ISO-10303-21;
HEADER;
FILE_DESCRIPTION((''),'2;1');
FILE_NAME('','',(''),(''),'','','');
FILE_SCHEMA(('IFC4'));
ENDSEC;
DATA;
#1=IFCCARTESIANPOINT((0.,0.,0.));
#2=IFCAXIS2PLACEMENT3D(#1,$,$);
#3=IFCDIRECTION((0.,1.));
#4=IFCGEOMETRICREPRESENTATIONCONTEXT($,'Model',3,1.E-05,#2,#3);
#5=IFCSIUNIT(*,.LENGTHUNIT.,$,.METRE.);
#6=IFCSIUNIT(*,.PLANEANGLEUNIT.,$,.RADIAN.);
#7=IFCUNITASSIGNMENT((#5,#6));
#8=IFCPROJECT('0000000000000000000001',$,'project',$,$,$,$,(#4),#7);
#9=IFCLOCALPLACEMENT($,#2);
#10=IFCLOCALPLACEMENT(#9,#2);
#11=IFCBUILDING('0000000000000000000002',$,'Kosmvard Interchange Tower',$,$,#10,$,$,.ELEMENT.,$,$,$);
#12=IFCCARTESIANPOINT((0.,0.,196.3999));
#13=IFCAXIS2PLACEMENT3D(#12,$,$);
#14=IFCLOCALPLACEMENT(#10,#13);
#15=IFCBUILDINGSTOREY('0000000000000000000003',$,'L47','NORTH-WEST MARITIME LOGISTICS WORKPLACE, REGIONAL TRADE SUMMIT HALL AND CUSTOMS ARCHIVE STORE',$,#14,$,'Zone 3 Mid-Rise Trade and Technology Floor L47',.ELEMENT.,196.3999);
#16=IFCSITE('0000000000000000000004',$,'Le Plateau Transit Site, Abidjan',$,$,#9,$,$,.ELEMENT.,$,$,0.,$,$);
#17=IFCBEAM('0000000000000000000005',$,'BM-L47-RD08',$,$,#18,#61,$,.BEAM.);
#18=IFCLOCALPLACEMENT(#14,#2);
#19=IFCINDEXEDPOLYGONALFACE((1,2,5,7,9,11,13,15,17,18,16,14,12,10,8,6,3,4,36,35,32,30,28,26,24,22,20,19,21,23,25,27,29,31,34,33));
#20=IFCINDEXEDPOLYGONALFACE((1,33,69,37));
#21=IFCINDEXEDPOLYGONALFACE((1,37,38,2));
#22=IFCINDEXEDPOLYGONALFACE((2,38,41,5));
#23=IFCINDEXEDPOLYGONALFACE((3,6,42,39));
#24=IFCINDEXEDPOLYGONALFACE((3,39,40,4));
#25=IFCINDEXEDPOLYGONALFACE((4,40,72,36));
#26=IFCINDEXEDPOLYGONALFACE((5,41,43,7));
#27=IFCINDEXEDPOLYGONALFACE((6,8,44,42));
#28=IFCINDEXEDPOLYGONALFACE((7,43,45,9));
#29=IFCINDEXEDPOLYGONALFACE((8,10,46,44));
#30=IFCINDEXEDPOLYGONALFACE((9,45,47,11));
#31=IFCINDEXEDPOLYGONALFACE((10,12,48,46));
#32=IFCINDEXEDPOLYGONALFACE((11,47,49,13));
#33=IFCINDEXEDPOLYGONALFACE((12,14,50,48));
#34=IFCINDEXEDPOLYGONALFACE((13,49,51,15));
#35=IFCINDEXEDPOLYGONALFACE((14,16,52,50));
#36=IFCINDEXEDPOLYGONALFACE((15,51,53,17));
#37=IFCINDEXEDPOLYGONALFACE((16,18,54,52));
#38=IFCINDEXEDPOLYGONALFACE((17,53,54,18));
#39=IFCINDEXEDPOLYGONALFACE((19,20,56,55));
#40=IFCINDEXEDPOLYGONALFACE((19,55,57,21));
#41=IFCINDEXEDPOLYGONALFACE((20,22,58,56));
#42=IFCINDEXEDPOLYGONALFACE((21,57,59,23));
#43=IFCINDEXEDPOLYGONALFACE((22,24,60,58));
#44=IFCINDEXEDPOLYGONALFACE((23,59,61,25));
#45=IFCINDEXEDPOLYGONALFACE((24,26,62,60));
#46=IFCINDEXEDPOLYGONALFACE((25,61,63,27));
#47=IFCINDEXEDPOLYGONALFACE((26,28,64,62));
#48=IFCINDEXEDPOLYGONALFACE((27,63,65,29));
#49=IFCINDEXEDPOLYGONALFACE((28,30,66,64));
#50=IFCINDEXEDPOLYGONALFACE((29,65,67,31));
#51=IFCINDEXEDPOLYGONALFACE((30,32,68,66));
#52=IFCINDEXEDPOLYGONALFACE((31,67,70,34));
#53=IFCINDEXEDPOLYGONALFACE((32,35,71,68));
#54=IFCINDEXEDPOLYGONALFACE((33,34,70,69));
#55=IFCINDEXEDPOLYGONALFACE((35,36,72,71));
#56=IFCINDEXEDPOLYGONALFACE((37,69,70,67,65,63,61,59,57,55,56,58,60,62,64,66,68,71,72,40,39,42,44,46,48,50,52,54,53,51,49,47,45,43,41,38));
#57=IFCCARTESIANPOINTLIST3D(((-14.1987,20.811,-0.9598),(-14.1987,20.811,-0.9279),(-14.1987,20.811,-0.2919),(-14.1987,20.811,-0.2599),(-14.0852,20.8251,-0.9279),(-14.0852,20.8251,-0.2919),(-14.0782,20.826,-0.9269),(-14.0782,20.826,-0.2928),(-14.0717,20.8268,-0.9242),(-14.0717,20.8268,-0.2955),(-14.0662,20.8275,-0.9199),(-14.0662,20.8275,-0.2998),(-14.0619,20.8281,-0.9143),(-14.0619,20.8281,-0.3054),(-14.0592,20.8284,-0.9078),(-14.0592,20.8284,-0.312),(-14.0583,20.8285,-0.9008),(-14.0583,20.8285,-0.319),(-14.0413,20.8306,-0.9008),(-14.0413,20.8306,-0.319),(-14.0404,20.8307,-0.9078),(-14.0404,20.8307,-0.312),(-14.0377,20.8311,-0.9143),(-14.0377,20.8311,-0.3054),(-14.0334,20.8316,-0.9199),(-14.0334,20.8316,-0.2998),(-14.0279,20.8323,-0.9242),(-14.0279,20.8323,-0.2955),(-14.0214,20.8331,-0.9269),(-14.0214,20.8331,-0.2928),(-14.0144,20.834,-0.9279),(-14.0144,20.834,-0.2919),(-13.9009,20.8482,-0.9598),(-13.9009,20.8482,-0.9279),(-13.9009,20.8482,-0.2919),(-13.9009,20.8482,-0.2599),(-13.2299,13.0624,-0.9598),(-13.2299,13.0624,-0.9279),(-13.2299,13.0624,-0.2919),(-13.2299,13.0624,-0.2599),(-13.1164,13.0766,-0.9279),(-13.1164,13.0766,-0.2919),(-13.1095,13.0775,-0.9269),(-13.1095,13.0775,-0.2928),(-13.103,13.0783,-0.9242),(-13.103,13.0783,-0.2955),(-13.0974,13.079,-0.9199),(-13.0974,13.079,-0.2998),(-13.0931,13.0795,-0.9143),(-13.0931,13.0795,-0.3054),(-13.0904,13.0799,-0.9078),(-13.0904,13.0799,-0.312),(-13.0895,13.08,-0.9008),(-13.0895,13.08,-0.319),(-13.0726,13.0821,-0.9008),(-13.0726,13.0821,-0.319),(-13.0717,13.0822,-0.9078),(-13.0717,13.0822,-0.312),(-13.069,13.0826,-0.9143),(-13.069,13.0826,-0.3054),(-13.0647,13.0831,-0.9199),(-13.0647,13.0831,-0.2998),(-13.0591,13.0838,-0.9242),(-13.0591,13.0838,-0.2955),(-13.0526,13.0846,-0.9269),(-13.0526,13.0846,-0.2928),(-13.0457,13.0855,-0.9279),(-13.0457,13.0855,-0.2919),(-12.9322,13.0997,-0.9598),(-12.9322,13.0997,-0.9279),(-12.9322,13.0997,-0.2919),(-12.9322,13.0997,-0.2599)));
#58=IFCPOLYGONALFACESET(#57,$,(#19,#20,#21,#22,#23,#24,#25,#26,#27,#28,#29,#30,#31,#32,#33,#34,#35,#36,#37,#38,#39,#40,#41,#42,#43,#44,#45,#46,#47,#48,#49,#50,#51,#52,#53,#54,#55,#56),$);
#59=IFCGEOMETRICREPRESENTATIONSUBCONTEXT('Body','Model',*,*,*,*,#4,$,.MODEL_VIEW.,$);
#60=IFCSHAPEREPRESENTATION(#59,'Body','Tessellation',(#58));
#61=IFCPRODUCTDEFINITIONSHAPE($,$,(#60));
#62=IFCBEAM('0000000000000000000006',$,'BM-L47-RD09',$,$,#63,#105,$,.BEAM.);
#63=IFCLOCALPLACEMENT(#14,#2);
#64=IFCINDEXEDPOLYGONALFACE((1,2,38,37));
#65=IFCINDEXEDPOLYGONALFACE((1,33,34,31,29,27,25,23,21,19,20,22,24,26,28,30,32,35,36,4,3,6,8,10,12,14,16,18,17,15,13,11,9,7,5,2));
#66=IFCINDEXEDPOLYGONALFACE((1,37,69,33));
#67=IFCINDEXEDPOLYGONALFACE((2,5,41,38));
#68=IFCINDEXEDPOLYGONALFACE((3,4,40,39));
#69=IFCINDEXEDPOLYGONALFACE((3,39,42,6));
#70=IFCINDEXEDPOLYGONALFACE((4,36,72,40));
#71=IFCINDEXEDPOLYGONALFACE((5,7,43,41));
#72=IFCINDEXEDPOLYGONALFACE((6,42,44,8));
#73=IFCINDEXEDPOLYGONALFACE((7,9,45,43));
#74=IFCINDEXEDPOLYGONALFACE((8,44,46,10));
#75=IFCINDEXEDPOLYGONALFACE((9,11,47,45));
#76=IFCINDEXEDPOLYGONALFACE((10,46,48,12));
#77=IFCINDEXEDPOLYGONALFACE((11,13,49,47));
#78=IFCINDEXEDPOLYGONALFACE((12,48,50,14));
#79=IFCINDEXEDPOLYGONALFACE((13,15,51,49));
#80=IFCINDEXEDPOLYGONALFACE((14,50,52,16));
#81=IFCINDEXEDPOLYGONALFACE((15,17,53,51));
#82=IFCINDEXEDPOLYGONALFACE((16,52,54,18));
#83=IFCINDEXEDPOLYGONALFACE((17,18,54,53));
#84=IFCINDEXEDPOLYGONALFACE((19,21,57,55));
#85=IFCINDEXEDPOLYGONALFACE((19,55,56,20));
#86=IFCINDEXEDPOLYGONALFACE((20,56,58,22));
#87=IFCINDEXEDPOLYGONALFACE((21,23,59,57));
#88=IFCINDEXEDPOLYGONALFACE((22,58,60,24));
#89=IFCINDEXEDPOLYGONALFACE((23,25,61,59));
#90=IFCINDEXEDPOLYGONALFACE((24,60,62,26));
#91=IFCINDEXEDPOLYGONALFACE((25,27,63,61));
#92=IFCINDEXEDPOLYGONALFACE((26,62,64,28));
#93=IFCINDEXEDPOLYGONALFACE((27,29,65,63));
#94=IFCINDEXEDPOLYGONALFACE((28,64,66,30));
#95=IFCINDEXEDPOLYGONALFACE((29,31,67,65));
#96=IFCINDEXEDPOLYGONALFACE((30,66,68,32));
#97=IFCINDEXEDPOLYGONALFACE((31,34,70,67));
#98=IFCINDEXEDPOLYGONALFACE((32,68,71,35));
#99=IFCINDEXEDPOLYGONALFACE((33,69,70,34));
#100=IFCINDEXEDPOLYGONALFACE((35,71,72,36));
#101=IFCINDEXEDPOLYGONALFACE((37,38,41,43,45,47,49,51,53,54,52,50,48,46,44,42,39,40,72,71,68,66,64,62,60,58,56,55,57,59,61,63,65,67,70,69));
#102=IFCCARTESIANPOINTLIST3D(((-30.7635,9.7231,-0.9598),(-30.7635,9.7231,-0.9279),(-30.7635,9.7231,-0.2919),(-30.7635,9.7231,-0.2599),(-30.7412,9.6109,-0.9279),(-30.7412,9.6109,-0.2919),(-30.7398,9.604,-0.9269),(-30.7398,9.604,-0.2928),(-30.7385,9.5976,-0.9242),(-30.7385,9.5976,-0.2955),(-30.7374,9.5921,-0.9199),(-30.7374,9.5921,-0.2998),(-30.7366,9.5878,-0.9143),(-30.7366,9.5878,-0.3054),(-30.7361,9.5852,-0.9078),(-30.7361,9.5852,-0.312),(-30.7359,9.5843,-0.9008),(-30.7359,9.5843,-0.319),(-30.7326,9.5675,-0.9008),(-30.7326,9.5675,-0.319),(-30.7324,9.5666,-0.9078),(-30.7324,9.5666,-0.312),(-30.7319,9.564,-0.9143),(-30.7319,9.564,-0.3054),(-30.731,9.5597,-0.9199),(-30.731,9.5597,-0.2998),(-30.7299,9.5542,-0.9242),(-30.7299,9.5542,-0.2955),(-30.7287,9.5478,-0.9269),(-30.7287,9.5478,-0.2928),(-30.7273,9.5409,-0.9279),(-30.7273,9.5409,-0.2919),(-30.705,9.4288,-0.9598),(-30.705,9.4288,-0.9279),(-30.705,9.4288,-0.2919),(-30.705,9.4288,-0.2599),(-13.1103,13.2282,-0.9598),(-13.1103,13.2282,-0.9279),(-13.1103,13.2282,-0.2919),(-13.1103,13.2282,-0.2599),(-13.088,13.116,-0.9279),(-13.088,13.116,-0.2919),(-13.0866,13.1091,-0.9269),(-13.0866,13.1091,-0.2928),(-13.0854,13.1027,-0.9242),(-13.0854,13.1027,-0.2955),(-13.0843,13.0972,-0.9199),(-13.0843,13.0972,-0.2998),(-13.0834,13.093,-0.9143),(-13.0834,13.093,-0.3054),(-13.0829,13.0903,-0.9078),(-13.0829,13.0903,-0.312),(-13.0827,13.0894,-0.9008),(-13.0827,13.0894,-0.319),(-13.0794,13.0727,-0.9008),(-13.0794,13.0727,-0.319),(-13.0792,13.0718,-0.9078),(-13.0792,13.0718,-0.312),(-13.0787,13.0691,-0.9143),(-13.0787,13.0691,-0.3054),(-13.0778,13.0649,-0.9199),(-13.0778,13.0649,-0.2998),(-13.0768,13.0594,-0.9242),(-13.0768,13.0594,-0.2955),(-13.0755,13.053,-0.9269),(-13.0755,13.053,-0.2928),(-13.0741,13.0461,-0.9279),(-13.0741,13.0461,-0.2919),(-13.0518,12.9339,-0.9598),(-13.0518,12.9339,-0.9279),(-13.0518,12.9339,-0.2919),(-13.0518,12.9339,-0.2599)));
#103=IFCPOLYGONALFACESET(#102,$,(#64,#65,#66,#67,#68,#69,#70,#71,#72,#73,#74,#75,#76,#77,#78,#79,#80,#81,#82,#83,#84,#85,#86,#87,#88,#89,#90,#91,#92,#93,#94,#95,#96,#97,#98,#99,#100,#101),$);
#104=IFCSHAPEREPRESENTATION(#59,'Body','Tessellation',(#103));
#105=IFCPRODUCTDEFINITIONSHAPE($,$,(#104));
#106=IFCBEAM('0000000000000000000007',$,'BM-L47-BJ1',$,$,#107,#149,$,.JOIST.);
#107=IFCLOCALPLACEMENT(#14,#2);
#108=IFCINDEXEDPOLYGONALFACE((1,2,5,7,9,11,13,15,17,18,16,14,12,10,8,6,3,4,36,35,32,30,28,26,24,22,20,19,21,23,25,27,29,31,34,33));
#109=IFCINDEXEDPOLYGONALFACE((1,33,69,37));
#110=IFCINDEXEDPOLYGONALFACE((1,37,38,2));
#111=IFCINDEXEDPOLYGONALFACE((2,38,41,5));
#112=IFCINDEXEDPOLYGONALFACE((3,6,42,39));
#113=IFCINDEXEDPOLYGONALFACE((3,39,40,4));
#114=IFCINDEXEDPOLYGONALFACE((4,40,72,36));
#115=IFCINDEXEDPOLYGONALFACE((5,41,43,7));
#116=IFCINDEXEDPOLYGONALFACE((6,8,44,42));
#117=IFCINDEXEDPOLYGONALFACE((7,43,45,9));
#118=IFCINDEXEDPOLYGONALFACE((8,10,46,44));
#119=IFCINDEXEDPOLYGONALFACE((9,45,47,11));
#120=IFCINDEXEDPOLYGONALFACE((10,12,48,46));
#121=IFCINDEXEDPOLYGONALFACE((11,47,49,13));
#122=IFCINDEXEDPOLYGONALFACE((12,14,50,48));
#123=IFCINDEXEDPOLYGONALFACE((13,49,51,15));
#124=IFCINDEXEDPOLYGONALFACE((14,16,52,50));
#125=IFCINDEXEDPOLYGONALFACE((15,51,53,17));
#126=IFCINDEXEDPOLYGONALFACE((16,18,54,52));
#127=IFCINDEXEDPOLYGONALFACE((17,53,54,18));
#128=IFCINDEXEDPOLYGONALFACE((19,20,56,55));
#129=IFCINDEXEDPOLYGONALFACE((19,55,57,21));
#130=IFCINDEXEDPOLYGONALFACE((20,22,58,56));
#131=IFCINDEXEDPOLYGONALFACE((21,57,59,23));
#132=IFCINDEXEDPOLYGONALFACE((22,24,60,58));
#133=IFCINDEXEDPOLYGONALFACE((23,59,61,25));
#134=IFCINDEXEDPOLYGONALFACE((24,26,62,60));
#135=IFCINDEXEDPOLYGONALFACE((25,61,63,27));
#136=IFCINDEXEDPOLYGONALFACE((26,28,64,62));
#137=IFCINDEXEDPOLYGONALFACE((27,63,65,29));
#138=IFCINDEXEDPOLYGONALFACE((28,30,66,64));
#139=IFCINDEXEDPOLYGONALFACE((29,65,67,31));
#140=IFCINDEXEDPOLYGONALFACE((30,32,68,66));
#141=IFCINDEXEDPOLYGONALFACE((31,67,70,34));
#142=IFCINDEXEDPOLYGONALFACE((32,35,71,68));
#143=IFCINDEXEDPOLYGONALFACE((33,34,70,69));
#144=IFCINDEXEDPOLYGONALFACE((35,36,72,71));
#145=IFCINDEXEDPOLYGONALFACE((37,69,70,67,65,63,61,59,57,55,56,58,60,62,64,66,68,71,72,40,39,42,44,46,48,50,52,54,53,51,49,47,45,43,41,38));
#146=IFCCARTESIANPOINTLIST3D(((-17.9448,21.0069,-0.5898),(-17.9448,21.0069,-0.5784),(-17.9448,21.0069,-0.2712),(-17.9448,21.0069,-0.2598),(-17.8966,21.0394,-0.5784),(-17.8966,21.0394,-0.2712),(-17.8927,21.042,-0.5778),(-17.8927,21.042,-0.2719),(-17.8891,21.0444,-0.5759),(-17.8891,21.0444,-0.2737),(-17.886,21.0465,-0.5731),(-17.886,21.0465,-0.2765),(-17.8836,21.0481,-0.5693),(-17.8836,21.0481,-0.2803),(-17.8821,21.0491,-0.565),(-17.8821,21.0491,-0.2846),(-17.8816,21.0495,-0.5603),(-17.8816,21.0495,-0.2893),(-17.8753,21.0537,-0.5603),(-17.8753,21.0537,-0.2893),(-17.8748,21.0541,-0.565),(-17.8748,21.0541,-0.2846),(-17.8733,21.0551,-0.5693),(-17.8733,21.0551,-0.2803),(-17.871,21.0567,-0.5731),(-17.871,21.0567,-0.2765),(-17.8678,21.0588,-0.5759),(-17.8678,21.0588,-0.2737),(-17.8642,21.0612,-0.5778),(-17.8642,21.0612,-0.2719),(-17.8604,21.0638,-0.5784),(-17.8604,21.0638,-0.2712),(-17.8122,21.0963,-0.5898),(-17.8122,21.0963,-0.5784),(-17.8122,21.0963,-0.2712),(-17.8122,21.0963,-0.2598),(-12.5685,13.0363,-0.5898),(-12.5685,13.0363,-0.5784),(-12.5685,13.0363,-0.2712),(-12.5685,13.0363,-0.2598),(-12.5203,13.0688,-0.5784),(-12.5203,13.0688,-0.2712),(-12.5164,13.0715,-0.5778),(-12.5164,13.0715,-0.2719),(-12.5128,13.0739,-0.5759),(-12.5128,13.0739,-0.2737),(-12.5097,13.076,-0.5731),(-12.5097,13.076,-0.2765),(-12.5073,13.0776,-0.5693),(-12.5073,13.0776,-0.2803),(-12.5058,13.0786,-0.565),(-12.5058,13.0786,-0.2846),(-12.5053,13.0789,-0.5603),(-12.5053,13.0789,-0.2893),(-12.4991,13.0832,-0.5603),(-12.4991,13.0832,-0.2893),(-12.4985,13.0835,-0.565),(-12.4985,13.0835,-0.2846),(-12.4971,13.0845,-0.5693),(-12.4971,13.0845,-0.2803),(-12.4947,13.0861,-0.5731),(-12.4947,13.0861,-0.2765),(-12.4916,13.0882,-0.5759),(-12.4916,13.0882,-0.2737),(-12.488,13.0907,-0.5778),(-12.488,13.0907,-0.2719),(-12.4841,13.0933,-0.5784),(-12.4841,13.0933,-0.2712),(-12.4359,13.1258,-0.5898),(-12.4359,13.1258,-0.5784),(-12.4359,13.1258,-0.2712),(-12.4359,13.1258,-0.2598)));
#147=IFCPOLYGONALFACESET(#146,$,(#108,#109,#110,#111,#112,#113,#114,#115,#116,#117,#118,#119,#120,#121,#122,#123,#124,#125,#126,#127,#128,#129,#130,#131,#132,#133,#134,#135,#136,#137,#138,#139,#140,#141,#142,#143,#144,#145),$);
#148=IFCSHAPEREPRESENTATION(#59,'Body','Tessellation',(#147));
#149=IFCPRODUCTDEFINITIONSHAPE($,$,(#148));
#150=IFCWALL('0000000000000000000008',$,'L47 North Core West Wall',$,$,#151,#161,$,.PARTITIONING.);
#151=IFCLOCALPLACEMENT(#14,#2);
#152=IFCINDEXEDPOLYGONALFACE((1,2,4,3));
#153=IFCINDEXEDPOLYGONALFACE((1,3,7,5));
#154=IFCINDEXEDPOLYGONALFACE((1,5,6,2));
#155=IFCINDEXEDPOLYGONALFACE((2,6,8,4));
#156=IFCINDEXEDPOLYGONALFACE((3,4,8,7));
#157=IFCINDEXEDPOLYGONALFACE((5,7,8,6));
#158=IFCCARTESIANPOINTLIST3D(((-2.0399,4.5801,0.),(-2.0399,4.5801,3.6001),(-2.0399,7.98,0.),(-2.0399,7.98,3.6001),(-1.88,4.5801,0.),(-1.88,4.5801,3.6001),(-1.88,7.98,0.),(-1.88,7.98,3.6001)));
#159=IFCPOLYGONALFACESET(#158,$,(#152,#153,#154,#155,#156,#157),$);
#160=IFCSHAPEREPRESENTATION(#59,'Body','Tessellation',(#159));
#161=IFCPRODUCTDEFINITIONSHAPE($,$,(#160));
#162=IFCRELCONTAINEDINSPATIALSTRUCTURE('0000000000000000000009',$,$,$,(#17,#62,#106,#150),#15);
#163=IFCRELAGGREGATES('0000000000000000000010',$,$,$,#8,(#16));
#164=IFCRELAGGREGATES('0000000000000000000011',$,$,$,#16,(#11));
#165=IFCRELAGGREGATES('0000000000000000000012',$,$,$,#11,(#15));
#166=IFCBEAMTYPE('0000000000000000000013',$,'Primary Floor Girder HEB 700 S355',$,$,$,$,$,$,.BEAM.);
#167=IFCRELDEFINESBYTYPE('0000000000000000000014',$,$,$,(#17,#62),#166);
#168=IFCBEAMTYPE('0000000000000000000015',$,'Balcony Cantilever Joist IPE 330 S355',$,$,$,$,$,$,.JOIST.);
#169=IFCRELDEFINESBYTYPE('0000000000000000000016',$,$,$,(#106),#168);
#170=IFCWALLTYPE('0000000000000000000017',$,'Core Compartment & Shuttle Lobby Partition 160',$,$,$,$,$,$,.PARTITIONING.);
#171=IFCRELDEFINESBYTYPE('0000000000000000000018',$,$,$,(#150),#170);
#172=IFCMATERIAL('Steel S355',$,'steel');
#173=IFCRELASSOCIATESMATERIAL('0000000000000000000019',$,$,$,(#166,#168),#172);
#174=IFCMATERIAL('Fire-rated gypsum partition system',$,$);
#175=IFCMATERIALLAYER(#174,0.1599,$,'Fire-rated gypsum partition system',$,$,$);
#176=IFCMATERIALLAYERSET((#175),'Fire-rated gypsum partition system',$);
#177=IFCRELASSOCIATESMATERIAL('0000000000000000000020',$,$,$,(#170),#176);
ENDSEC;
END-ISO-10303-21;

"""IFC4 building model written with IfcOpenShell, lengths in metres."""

from ifc_helpers import new_model, si_unit, direction, frame, frame_2d, origin, origin_2d, place, context, subcontext, project, spatial, rectangle, i_section, extrude, source, transform, mapped, material, layer, layer_set, material_profile, profile_set, type_object, element, save


model = new_model("IFC4")

# Units and contexts
model_context = context("Model", 3, precision=1e-05, world=origin(), true_north=direction((0.0, 1.0)))
body_context = subcontext(model_context, "Body", "Model", "MODEL_VIEW")
ifc_project = project(units=[si_unit("LENGTHUNIT", "METRE"), si_unit("PLANEANGLEUNIT", "RADIAN")], contexts=[model_context])

# Site, building, storey
site_placement = place(None, origin())
site = spatial("IfcSite", under=ifc_project, at=site_placement, Name="Le Plateau Transit Site, Abidjan", CompositionType="ELEMENT", RefElevation=0.0)
building_placement = place(site_placement, origin())
building = spatial("IfcBuilding", under=site, at=building_placement, Name="Kosmvard Interchange Tower", CompositionType="ELEMENT")
storey_placement = place(building_placement, frame((0.0, 0.0, 196.3999)))
storey = spatial("IfcBuildingStorey", under=building, at=storey_placement, Name="L47", Description="NORTH-WEST MARITIME LOGISTICS WORKPLACE, REGIONAL TRADE SUMMIT HALL AND CUSTOMS ARCHIVE STORE", LongName="Zone 3 Mid-Rise Trade and Technology Floor L47", CompositionType="ELEMENT", Elevation=196.3999)

# Beams
ifc_material_1 = material(Name="Steel S355", Category="steel")
ifc_material_profile_1 = material_profile(ifc_material_1, i_section(OverallWidth=0.3, OverallDepth=0.7, WebThickness=0.0171, FlangeThickness=0.032, FilletRadius=0.0271, at=origin_2d()), Name="HEB 700")
ifc_profile_set_1 = profile_set([ifc_material_profile_1], Name="Steel S355")
beam_type_1 = type_object("IfcBeamType", Name="Primary Floor Girder HEB 700 S355", PredefinedType="BEAM", material=ifc_profile_set_1)
shared_shape_1 = source(origin(), body_context, "Body", "SweptSolid", [
    extrude(i_section(OverallWidth=0.3, OverallDepth=0.7, WebThickness=0.0171, FlangeThickness=0.032, FilletRadius=0.0271, at=origin_2d()), origin(), (0.0, 0.0, 1.0), 7.8088),
])
beam_1_placement = place(storey_placement, frame((-13.0811, 13.0811, -0.6099), z_axis=(-0.124058, 0.992275, 0.0), x_axis=(-0.992275, -0.124058, 0.0)))
element("IfcBeam", 1, at=beam_1_placement, inside=storey, type_object=beam_type_1, Name="BM-L47-RD08", PredefinedType="BEAM", context=body_context, shape_type="MappedRepresentation", body=[
    mapped(shared_shape_1, transform((0.0, 0.0, 0.0), scale=1.0)),
])
shared_shape_2 = source(origin(), body_context, "Body", "SweptSolid", [
    extrude(i_section(OverallWidth=0.3, OverallDepth=0.7, WebThickness=0.0171, FlangeThickness=0.032, FilletRadius=0.0271, at=origin_2d()), origin(), (0.0, 0.0, 1.0), 17.9978),
])
beam_2_placement = place(storey_placement, frame((-13.0811, 13.0811, -0.6099), z_axis=(-0.980852, -0.194754, 0.0), x_axis=(0.194754, -0.980852, 0.0)))
element("IfcBeam", 2, at=beam_2_placement, inside=storey, type_object=beam_type_1, Name="BM-L47-RD09", PredefinedType="BEAM", context=body_context, shape_type="MappedRepresentation", body=[
    mapped(shared_shape_2, transform((0.0, 0.0, 0.0), scale=1.0)),
])
ifc_material_profile_2 = material_profile(ifc_material_1, i_section(OverallWidth=0.1599, OverallDepth=0.3301, WebThickness=0.0076, FlangeThickness=0.0115, FilletRadius=0.0181, at=origin_2d()), Name="IPE 330")
ifc_profile_set_2 = profile_set([ifc_material_profile_2], Name="Steel S355")
beam_type_2 = type_object("IfcBeamType", Name="Balcony Cantilever Joist IPE 330 S355", PredefinedType="JOIST", material=ifc_profile_set_2)
shared_shape_3 = source(origin(), body_context, "Body", "SweptSolid", [
    extrude(i_section(OverallWidth=0.1599, OverallDepth=0.3301, WebThickness=0.0076, FlangeThickness=0.0115, FilletRadius=0.0181, at=origin_2d()), origin(), (0.0, 0.0, 1.0), 9.6143),
])
beam_3_placement = place(storey_placement, frame((-12.5022, 13.0811, -0.4248), z_axis=(-0.559198, 0.829034, 0.0), x_axis=(-0.829034, -0.559198, 0.0)))
element("IfcBeam", 3, at=beam_3_placement, inside=storey, type_object=beam_type_2, Name="BM-L47-BJ1", PredefinedType="JOIST", context=body_context, shape_type="MappedRepresentation", body=[
    mapped(shared_shape_3, transform((0.0, 0.0, 0.0), scale=1.0)),
])

# Wall
ifc_material_2 = material(Name="Fire-rated gypsum partition system")
ifc_layer_1 = layer(ifc_material_2, 0.1599, Name="Fire-rated gypsum partition system")
ifc_layer_set_1 = layer_set([ifc_layer_1], Name="Fire-rated gypsum partition system")
wall_type_1 = type_object("IfcWallType", Name="Core Compartment & Shuttle Lobby Partition 160", PredefinedType="PARTITIONING", material=ifc_layer_set_1)
wall_1_placement = place(storey_placement, frame((-1.96, 4.5801, 0.0), z_axis=(0.0, 0.0, 1.0), x_axis=(0.0, 1.0, 0.0)))
element("IfcWall", 4, at=wall_1_placement, inside=storey, type_object=wall_type_1, Name="L47 North Core West Wall", PredefinedType="PARTITIONING", context=body_context, shape_type="SweptSolid", body=[
    extrude(rectangle(XDim=3.3999, YDim=0.1599, at=frame_2d((1.7, 0.0))), origin(), (0.0, 0.0, 1.0), 3.6001),
])

save(model, "model.ifc")
